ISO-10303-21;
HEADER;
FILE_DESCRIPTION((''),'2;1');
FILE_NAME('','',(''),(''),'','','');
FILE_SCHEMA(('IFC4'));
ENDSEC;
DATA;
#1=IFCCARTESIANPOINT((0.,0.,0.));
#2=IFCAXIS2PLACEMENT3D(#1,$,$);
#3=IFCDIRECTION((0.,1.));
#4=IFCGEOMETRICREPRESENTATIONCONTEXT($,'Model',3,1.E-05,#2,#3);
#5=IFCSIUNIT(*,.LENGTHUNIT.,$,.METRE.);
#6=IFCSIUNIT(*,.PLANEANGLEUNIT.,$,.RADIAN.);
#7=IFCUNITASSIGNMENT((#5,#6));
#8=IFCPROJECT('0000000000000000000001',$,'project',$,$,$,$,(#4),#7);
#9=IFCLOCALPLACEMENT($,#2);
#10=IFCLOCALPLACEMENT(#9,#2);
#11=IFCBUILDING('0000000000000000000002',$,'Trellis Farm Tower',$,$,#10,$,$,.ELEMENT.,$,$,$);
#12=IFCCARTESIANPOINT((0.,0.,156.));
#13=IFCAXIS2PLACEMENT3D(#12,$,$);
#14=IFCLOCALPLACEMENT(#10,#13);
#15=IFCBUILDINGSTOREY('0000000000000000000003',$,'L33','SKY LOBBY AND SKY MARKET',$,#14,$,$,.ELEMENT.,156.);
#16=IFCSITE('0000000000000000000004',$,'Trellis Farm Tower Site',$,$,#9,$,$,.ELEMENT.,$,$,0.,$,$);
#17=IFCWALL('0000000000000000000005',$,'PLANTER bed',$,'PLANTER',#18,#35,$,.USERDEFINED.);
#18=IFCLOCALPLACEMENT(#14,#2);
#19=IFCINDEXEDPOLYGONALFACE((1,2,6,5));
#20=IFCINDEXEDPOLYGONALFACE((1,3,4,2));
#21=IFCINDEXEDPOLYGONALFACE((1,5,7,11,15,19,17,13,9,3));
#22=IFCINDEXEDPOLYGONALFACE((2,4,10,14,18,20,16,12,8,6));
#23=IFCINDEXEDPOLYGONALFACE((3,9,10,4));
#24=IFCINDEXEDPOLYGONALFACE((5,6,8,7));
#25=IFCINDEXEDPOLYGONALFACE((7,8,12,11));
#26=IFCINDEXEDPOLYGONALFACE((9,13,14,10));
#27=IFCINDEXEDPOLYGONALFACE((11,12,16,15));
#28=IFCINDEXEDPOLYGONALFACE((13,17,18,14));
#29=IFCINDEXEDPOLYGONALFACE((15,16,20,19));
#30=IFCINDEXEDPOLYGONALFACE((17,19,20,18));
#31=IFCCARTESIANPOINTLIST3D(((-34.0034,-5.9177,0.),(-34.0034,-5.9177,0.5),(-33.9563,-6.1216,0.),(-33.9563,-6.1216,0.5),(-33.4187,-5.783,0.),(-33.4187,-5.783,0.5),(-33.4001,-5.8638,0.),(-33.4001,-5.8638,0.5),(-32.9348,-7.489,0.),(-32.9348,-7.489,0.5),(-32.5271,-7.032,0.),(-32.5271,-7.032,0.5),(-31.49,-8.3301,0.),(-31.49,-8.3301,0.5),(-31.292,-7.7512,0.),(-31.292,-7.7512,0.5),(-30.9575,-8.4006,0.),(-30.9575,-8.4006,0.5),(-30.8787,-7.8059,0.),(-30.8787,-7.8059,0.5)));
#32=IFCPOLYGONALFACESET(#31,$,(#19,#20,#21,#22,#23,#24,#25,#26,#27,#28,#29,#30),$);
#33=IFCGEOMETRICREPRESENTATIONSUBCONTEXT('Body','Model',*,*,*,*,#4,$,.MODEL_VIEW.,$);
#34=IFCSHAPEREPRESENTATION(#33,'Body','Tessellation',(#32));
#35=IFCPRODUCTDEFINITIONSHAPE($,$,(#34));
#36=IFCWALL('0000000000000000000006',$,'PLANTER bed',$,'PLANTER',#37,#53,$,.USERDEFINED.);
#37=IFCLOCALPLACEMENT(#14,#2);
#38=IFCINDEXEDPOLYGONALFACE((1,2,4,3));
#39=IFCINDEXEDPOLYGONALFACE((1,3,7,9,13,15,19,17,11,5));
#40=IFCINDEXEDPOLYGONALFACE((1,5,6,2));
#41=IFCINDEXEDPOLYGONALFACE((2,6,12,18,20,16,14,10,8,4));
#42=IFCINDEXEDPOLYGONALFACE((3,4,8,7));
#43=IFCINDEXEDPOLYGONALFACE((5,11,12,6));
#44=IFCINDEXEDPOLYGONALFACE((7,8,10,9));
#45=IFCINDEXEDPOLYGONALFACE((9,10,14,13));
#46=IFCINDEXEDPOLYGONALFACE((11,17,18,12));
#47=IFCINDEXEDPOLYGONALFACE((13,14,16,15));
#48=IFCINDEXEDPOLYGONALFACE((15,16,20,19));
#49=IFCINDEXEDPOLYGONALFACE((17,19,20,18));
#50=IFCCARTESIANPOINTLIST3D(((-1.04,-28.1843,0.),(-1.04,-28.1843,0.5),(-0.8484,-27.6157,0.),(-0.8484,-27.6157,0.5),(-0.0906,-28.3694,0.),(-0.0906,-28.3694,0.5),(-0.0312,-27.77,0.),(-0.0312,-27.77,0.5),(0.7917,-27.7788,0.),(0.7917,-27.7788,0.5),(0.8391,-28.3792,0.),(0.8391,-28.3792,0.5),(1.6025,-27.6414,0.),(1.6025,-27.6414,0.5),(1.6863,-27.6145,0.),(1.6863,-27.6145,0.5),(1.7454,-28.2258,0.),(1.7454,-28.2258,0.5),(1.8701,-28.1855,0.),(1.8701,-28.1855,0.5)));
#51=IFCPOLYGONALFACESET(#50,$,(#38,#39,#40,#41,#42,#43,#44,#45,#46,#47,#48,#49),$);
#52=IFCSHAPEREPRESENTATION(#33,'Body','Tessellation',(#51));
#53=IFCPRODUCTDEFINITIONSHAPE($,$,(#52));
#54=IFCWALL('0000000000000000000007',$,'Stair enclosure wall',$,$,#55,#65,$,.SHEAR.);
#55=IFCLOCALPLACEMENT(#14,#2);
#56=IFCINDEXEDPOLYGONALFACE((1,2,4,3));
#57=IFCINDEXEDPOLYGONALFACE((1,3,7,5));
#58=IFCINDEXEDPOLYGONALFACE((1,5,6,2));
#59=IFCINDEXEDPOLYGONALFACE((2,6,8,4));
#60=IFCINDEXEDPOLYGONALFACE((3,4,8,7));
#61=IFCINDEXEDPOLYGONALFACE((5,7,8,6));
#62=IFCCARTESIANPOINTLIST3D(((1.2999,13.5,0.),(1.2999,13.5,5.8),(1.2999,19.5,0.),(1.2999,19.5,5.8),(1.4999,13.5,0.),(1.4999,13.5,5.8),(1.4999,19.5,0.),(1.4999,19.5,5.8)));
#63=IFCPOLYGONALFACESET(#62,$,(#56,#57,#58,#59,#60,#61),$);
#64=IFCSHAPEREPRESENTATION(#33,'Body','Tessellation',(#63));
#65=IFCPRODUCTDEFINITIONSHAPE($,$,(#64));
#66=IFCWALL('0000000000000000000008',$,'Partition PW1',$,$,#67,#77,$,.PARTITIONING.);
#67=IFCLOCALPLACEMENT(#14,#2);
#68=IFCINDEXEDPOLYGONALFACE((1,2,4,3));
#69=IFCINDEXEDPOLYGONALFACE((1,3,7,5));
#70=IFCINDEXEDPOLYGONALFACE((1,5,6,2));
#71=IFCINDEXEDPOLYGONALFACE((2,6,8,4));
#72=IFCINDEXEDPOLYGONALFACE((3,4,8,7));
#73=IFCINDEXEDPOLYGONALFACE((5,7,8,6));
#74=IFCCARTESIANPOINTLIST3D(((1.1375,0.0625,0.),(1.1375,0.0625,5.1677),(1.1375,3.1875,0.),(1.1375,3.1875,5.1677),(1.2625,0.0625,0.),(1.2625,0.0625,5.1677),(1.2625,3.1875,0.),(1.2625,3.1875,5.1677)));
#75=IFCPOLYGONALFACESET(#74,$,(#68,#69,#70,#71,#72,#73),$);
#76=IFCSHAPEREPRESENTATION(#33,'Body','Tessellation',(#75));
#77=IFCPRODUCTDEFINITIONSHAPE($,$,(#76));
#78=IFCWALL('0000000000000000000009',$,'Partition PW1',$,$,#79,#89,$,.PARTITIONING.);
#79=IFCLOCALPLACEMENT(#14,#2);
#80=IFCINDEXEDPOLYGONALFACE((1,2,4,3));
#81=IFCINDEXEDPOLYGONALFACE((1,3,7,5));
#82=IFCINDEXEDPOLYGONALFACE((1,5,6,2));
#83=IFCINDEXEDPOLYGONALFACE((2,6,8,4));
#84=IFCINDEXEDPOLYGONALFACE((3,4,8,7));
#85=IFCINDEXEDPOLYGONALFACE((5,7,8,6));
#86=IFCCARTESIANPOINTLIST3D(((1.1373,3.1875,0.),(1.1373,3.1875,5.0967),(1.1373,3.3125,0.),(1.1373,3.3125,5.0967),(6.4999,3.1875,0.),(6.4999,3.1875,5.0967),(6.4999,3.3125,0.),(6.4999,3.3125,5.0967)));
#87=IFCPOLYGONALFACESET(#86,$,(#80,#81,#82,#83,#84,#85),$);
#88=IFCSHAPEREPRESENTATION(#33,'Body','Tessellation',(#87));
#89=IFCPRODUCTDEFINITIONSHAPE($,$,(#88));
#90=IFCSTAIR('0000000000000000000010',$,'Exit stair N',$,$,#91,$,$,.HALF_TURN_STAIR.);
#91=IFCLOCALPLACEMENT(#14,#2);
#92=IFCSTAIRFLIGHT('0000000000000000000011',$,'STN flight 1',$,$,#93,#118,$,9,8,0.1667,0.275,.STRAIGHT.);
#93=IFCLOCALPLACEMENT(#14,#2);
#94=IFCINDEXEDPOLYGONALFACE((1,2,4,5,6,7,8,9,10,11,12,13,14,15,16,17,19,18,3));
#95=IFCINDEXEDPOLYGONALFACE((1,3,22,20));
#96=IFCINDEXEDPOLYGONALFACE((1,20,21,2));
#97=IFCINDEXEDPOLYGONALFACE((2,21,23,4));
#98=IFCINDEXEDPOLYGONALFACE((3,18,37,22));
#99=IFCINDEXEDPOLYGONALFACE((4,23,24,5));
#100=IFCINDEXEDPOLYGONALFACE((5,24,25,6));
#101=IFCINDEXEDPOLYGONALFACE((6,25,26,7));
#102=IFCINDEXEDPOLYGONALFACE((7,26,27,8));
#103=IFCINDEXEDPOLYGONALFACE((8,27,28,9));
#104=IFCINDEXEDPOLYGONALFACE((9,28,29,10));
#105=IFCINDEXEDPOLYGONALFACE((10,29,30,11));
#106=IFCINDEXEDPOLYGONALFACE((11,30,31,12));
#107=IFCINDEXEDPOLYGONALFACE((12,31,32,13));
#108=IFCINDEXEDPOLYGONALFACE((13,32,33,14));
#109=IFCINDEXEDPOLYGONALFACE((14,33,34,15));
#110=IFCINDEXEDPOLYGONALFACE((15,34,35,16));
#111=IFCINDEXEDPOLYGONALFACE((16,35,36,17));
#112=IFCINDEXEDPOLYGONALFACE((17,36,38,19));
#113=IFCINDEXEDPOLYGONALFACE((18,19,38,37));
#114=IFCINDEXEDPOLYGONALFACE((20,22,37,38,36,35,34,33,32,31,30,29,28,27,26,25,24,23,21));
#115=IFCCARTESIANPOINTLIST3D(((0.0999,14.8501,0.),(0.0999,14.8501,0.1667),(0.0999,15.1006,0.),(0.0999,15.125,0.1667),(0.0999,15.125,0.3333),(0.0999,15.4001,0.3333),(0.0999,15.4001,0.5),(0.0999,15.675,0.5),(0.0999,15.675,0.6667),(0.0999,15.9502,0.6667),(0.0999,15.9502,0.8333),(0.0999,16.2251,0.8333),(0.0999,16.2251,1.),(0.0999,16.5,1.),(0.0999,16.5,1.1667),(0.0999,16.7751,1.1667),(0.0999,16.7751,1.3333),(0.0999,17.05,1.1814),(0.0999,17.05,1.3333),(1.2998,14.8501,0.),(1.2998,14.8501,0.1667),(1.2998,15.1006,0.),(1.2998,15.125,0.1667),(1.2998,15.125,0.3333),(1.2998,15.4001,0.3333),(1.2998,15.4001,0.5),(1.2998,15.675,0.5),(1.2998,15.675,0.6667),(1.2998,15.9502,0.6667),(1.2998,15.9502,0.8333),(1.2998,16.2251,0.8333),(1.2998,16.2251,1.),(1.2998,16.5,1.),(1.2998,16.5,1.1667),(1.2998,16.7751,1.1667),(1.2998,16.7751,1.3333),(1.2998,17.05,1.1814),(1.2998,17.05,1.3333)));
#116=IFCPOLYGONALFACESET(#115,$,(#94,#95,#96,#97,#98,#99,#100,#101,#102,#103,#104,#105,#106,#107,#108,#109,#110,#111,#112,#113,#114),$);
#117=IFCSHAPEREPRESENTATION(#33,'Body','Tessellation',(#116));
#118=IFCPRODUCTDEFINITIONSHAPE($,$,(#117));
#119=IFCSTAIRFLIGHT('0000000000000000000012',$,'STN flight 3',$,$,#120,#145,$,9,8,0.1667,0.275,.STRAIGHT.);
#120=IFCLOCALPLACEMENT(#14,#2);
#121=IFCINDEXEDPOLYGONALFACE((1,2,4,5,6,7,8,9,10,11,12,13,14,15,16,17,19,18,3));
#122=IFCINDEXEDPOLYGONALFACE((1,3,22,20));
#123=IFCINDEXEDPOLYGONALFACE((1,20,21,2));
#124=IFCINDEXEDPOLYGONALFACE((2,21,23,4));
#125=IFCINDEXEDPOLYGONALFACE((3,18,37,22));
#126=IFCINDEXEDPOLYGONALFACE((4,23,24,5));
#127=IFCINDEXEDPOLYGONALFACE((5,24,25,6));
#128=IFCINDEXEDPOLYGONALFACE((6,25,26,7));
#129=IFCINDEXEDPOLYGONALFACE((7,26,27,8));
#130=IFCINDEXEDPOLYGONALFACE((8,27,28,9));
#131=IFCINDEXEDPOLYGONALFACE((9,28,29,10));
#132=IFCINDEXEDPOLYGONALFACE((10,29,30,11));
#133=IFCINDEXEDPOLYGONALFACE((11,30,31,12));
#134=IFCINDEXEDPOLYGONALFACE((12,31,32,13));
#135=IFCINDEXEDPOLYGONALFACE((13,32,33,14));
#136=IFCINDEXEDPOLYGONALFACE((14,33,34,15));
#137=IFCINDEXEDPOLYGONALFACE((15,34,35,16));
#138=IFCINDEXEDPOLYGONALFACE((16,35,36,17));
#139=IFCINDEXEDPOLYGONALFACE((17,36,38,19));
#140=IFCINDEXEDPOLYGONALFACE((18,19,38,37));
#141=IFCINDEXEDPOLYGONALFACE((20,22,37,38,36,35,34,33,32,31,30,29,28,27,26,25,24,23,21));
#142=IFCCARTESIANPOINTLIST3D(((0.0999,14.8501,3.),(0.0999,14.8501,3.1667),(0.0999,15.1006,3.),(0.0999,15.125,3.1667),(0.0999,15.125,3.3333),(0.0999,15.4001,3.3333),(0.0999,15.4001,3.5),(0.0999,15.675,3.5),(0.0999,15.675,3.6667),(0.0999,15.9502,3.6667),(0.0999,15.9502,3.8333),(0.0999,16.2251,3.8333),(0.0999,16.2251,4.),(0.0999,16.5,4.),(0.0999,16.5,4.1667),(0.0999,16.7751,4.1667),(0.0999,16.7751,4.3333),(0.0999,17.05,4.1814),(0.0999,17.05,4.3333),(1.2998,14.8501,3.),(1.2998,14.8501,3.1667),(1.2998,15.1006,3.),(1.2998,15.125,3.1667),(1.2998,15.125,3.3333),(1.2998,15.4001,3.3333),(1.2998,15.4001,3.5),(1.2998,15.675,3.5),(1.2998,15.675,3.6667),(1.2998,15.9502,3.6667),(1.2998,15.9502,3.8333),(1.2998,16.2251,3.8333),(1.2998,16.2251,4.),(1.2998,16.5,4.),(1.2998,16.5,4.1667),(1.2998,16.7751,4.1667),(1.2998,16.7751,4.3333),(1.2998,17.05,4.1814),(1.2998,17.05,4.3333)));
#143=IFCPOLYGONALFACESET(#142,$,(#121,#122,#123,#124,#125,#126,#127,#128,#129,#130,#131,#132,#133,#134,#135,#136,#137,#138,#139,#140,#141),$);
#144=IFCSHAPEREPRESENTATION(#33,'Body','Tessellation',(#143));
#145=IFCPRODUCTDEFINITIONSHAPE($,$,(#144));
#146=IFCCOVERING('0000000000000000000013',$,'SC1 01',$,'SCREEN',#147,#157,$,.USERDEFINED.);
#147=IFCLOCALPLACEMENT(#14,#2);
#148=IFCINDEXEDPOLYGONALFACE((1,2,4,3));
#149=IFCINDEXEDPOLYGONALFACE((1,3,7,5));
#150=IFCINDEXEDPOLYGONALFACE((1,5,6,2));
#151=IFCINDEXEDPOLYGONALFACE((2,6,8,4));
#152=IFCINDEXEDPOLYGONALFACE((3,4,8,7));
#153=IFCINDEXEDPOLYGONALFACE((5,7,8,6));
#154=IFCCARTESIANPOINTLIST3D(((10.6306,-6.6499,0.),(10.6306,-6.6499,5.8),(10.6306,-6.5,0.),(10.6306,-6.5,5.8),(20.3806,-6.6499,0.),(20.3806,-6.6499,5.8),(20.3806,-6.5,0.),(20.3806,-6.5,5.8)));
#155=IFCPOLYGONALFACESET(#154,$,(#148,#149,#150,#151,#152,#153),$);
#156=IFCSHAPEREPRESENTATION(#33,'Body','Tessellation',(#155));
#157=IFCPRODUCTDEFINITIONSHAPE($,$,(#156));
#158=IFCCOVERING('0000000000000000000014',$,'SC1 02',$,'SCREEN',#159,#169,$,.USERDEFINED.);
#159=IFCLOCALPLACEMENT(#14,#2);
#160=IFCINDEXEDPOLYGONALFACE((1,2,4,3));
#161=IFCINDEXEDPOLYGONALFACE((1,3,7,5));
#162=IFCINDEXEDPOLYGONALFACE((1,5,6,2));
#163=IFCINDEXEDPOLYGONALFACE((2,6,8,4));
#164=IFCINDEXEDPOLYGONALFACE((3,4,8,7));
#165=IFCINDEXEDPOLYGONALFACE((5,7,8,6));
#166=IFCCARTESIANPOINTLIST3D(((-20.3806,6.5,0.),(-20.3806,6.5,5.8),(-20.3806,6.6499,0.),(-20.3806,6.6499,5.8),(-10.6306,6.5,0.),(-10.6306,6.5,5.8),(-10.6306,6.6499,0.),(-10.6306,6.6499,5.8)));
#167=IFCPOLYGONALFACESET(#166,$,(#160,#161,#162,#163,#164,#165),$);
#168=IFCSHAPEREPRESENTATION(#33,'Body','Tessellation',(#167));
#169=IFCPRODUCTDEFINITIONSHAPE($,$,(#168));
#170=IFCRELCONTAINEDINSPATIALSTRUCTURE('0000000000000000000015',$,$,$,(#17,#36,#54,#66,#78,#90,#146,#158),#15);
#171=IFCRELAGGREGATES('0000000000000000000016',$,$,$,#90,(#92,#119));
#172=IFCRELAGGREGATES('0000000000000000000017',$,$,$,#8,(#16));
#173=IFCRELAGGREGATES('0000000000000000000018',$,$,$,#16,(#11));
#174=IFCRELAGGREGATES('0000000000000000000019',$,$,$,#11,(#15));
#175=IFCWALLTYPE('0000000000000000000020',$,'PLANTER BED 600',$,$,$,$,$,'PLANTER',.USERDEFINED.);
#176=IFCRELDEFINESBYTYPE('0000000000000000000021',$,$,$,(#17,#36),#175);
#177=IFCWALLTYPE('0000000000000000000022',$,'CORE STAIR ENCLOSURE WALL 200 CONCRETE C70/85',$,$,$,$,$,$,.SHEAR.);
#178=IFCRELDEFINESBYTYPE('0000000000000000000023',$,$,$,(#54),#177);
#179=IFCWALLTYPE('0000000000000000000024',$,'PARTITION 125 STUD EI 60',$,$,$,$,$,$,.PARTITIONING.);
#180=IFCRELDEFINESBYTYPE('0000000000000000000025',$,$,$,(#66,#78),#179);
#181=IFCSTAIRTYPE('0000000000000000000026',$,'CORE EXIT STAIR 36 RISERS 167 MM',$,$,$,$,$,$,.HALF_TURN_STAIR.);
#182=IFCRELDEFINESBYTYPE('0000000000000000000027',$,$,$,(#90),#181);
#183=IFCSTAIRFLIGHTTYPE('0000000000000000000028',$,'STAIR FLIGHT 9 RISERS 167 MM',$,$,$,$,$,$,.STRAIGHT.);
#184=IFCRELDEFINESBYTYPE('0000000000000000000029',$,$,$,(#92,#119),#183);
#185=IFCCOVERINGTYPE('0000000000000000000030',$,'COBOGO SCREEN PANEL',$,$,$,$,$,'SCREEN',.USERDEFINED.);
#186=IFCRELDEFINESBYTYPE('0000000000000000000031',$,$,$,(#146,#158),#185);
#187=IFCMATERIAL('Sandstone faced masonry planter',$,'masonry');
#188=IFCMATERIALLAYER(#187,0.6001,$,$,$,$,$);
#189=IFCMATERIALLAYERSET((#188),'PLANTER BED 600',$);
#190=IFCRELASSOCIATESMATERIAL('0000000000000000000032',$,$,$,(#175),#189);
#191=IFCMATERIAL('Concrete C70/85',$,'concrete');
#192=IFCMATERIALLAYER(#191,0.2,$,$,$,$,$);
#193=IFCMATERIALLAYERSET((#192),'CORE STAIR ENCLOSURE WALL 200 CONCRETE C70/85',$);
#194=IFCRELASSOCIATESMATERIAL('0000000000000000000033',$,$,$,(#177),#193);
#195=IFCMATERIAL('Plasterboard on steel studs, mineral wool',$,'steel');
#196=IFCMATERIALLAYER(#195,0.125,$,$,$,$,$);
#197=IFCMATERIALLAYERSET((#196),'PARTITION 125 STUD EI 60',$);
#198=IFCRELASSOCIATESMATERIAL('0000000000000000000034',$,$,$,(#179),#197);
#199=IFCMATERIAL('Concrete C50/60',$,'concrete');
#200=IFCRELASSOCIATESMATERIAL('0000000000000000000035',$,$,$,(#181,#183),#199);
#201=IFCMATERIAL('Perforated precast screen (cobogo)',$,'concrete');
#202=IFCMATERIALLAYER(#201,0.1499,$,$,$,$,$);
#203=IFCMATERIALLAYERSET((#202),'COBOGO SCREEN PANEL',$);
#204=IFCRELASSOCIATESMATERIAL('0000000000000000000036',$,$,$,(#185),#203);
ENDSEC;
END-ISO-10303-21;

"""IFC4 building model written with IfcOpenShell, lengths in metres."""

from ifc_helpers import new_model, si_unit, direction, frame, frame_2d, origin, place, context, subcontext, project, spatial, polyline, rectangle, outline, extrude, source, transform, mapped, material, layer, layer_set, type_object, element, aggregate, save


model = new_model("IFC4")

# Units and contexts
model_context = context("Model", 3, precision=1e-05, world=origin(), true_north=direction((0.0, 1.0)))
body_context = subcontext(model_context, "Body", "Model", "MODEL_VIEW")
ifc_project = project(units=[si_unit("LENGTHUNIT", "METRE"), si_unit("PLANEANGLEUNIT", "RADIAN")], contexts=[model_context])

# Site, building, storey
site_placement = place(None, origin())
site = spatial("IfcSite", under=ifc_project, at=site_placement, Name="Trellis Farm Tower Site", CompositionType="ELEMENT", RefElevation=0.0)
building_placement = place(site_placement, origin())
building = spatial("IfcBuilding", under=site, at=building_placement, Name="Trellis Farm Tower", CompositionType="ELEMENT")
storey_placement = place(building_placement, frame((0.0, 0.0, 156.0)))
storey = spatial("IfcBuildingStorey", under=building, at=storey_placement, Name="L33", Description="SKY LOBBY AND SKY MARKET", CompositionType="ELEMENT", Elevation=156.0)

# Shared definitions
placement_1 = place(storey_placement, origin())

# Walls
ifc_material_1 = material(Name="Sandstone faced masonry planter", Category="masonry")
ifc_layer_1 = layer(ifc_material_1, 0.6001)
ifc_layer_set_1 = layer_set([ifc_layer_1], Name="PLANTER BED 600")
wall_type_1 = type_object("IfcWallType", Name="PLANTER BED 600", ElementType="PLANTER", PredefinedType="USERDEFINED", material=ifc_layer_set_1)
element("IfcWall", 1, at=placement_1, inside=storey, type_object=wall_type_1, Name="PLANTER bed", ObjectType="PLANTER", PredefinedType="USERDEFINED", context=body_context, shape_type="SweptSolid", body=[
    extrude(outline(polyline([(-32.9348, -7.489), (-33.9563, -6.1216), (-34.0034, -5.9177), (-33.4187, -5.783), (-33.4001, -5.8638), (-32.5271, -7.032), (-31.292, -7.7512), (-30.8787, -7.8059), (-30.9575, -8.4006), (-31.49, -8.3301), (-32.9348, -7.489)])), origin(), (0.0, 0.0, 1.0), 0.5),
])
element("IfcWall", 2, at=placement_1, inside=storey, type_object=wall_type_1, Name="PLANTER bed", ObjectType="PLANTER", PredefinedType="USERDEFINED", context=body_context, shape_type="SweptSolid", body=[
    extrude(outline(polyline([(0.8391, -28.3792), (-0.0906, -28.3694), (-1.04, -28.1843), (-0.8484, -27.6157), (-0.0312, -27.77), (0.7917, -27.7788), (1.6025, -27.6414), (1.6863, -27.6145), (1.8701, -28.1855), (1.7454, -28.2258), (0.8391, -28.3792)])), origin(), (0.0, 0.0, 1.0), 0.5),
])
ifc_material_2 = material(Name="Concrete C70/85", Category="concrete")
ifc_layer_2 = layer(ifc_material_2, 0.2)
ifc_layer_set_2 = layer_set([ifc_layer_2], Name="CORE STAIR ENCLOSURE WALL 200 CONCRETE C70/85")
wall_type_2 = type_object("IfcWallType", Name="CORE STAIR ENCLOSURE WALL 200 CONCRETE C70/85", PredefinedType="SHEAR", material=ifc_layer_set_2)
shared_shape_1 = source(origin(), body_context, "Body", "SweptSolid", [
    extrude(rectangle(XDim=6.0, YDim=0.2, at=frame_2d((3.0, 0.0))), origin(), (0.0, 0.0, 1.0), 5.8),
])
wall_1_placement = place(storey_placement, frame((1.3999, 13.5, 0.0), z_axis=(0.0, 0.0, 1.0), x_axis=(0.0, 1.0, 0.0)))
element("IfcWall", 3, at=wall_1_placement, inside=storey, type_object=wall_type_2, Name="Stair enclosure wall", PredefinedType="SHEAR", context=body_context, shape_type="MappedRepresentation", body=[
    mapped(shared_shape_1, transform((0.0, 0.0, 0.0))),
])
ifc_material_3 = material(Name="Plasterboard on steel studs, mineral wool", Category="steel")
ifc_layer_3 = layer(ifc_material_3, 0.125)
ifc_layer_set_3 = layer_set([ifc_layer_3], Name="PARTITION 125 STUD EI 60")
wall_type_3 = type_object("IfcWallType", Name="PARTITION 125 STUD EI 60", PredefinedType="PARTITIONING", material=ifc_layer_set_3)
shared_shape_2 = source(origin(), body_context, "Body", "SweptSolid", [
    extrude(rectangle(XDim=3.125, YDim=0.125, at=frame_2d((1.5625, 0.0))), origin(), (0.0, 0.0, 1.0), 5.1677),
])
wall_2_placement = place(storey_placement, frame((1.2, 3.1875, 0.0), z_axis=(0.0, 0.0, 1.0), x_axis=(0.0, -1.0, 0.0)))
element("IfcWall", 4, at=wall_2_placement, inside=storey, type_object=wall_type_3, Name="Partition PW1", PredefinedType="PARTITIONING", context=body_context, shape_type="MappedRepresentation", body=[
    mapped(shared_shape_2, transform((0.0, 0.0, 0.0))),
])
shared_shape_3 = source(origin(), body_context, "Body", "SweptSolid", [
    extrude(rectangle(XDim=5.3625, YDim=0.125, at=frame_2d((2.6812, 0.0))), origin(), (0.0, 0.0, 1.0), 5.0967),
])
wall_3_placement = place(storey_placement, frame((1.1375, 3.25, 0.0), z_axis=(0.0, 0.0, 1.0), x_axis=(1.0, 0.0, 0.0)))
element("IfcWall", 5, at=wall_3_placement, inside=storey, type_object=wall_type_3, Name="Partition PW1", PredefinedType="PARTITIONING", context=body_context, shape_type="MappedRepresentation", body=[
    mapped(shared_shape_3, transform((0.0, 0.0, 0.0))),
])

# Stair, stair flights
ifc_material_4 = material(Name="Concrete C50/60", Category="concrete")
stair_type = type_object("IfcStairType", Name="CORE EXIT STAIR 36 RISERS 167 MM", PredefinedType="HALF_TURN_STAIR", material=ifc_material_4)
stair = element("IfcStair", 6, at=placement_1, inside=storey, type_object=stair_type, Name="Exit stair N", PredefinedType="HALF_TURN_STAIR")
stair_flight_type = type_object("IfcStairFlightType", Name="STAIR FLIGHT 9 RISERS 167 MM", PredefinedType="STRAIGHT", material=ifc_material_4)
shared_shape_4 = source(origin(), body_context, "Body", "SweptSolid", [
    extrude(outline(polyline([(0.0, 0.0), (0.0, 0.1667), (0.2749, 0.1667), (0.2749, 0.3333), (0.55, 0.3333), (0.55, 0.5), (0.825, 0.5), (0.825, 0.6667), (1.1001, 0.6667), (1.1001, 0.8333), (1.375, 0.8333), (1.375, 1.0), (1.6499, 1.0), (1.6499, 1.1667), (1.925, 1.1667), (1.925, 1.3333), (2.2, 1.3333), (2.2, 1.5), (2.2, 1.1814), (0.2505, 0.0), (0.0, 0.0)])), frame((0.0, 0.6001, 0.0), z_axis=(0.0, -1.0, 0.0), x_axis=(1.0, 0.0, 0.0)), (0.0, 0.0, 1.0), 1.2),
])
stair_flight_1_placement = place(storey_placement, frame((0.7, 14.8501, 0.0), z_axis=(0.0, 0.0, 1.0), x_axis=(0.0, 1.0, 0.0)))
stair_flight_1 = element("IfcStairFlight", 7, at=stair_flight_1_placement, type_object=stair_flight_type, Name="STN flight 1", NumberOfRisers=9, NumberOfTreads=8, PredefinedType="STRAIGHT", RiserHeight=0.1667, TreadLength=0.275, context=body_context, shape_type="MappedRepresentation", body=[
    mapped(shared_shape_4, transform((0.0, 0.0, 0.0))),
])
stair_flight_2_placement = place(storey_placement, frame((0.7, 14.8501, 3.0), z_axis=(0.0, 0.0, 1.0), x_axis=(0.0, 1.0, 0.0)))
stair_flight_2 = element("IfcStairFlight", 8, at=stair_flight_2_placement, type_object=stair_flight_type, Name="STN flight 3", NumberOfRisers=9, NumberOfTreads=8, PredefinedType="STRAIGHT", RiserHeight=0.1667, TreadLength=0.275, context=body_context, shape_type="MappedRepresentation", body=[
    mapped(shared_shape_4, transform((0.0, 0.0, 0.0))),
])
aggregate(stair, [stair_flight_1, stair_flight_2])

# Coverings
ifc_material_5 = material(Name="Perforated precast screen (cobogo)", Category="concrete")
ifc_layer_4 = layer(ifc_material_5, 0.1499)
ifc_layer_set_4 = layer_set([ifc_layer_4], Name="COBOGO SCREEN PANEL")
covering_type_1 = type_object("IfcCoveringType", Name="COBOGO SCREEN PANEL", ElementType="SCREEN", PredefinedType="USERDEFINED", material=ifc_layer_set_4)
element("IfcCovering", 9, at=placement_1, inside=storey, type_object=covering_type_1, Name="SC1 01", ObjectType="SCREEN", PredefinedType="USERDEFINED", context=body_context, shape_type="SweptSolid", body=[
    extrude(outline(polyline([(10.6306, -6.6499), (20.3806, -6.6499), (20.3806, -6.5), (10.6306, -6.5), (10.6306, -6.6499)])), origin(), (0.0, 0.0, 1.0), 5.8),
])
element("IfcCovering", 10, at=placement_1, inside=storey, type_object=covering_type_1, Name="SC1 02", ObjectType="SCREEN", PredefinedType="USERDEFINED", context=body_context, shape_type="SweptSolid", body=[
    extrude(outline(polyline([(-10.6306, 6.6499), (-20.3806, 6.6499), (-20.3806, 6.5), (-10.6306, 6.5), (-10.6306, 6.6499)])), origin(), (0.0, 0.0, 1.0), 5.8),
])

save(model, "model.ifc")
